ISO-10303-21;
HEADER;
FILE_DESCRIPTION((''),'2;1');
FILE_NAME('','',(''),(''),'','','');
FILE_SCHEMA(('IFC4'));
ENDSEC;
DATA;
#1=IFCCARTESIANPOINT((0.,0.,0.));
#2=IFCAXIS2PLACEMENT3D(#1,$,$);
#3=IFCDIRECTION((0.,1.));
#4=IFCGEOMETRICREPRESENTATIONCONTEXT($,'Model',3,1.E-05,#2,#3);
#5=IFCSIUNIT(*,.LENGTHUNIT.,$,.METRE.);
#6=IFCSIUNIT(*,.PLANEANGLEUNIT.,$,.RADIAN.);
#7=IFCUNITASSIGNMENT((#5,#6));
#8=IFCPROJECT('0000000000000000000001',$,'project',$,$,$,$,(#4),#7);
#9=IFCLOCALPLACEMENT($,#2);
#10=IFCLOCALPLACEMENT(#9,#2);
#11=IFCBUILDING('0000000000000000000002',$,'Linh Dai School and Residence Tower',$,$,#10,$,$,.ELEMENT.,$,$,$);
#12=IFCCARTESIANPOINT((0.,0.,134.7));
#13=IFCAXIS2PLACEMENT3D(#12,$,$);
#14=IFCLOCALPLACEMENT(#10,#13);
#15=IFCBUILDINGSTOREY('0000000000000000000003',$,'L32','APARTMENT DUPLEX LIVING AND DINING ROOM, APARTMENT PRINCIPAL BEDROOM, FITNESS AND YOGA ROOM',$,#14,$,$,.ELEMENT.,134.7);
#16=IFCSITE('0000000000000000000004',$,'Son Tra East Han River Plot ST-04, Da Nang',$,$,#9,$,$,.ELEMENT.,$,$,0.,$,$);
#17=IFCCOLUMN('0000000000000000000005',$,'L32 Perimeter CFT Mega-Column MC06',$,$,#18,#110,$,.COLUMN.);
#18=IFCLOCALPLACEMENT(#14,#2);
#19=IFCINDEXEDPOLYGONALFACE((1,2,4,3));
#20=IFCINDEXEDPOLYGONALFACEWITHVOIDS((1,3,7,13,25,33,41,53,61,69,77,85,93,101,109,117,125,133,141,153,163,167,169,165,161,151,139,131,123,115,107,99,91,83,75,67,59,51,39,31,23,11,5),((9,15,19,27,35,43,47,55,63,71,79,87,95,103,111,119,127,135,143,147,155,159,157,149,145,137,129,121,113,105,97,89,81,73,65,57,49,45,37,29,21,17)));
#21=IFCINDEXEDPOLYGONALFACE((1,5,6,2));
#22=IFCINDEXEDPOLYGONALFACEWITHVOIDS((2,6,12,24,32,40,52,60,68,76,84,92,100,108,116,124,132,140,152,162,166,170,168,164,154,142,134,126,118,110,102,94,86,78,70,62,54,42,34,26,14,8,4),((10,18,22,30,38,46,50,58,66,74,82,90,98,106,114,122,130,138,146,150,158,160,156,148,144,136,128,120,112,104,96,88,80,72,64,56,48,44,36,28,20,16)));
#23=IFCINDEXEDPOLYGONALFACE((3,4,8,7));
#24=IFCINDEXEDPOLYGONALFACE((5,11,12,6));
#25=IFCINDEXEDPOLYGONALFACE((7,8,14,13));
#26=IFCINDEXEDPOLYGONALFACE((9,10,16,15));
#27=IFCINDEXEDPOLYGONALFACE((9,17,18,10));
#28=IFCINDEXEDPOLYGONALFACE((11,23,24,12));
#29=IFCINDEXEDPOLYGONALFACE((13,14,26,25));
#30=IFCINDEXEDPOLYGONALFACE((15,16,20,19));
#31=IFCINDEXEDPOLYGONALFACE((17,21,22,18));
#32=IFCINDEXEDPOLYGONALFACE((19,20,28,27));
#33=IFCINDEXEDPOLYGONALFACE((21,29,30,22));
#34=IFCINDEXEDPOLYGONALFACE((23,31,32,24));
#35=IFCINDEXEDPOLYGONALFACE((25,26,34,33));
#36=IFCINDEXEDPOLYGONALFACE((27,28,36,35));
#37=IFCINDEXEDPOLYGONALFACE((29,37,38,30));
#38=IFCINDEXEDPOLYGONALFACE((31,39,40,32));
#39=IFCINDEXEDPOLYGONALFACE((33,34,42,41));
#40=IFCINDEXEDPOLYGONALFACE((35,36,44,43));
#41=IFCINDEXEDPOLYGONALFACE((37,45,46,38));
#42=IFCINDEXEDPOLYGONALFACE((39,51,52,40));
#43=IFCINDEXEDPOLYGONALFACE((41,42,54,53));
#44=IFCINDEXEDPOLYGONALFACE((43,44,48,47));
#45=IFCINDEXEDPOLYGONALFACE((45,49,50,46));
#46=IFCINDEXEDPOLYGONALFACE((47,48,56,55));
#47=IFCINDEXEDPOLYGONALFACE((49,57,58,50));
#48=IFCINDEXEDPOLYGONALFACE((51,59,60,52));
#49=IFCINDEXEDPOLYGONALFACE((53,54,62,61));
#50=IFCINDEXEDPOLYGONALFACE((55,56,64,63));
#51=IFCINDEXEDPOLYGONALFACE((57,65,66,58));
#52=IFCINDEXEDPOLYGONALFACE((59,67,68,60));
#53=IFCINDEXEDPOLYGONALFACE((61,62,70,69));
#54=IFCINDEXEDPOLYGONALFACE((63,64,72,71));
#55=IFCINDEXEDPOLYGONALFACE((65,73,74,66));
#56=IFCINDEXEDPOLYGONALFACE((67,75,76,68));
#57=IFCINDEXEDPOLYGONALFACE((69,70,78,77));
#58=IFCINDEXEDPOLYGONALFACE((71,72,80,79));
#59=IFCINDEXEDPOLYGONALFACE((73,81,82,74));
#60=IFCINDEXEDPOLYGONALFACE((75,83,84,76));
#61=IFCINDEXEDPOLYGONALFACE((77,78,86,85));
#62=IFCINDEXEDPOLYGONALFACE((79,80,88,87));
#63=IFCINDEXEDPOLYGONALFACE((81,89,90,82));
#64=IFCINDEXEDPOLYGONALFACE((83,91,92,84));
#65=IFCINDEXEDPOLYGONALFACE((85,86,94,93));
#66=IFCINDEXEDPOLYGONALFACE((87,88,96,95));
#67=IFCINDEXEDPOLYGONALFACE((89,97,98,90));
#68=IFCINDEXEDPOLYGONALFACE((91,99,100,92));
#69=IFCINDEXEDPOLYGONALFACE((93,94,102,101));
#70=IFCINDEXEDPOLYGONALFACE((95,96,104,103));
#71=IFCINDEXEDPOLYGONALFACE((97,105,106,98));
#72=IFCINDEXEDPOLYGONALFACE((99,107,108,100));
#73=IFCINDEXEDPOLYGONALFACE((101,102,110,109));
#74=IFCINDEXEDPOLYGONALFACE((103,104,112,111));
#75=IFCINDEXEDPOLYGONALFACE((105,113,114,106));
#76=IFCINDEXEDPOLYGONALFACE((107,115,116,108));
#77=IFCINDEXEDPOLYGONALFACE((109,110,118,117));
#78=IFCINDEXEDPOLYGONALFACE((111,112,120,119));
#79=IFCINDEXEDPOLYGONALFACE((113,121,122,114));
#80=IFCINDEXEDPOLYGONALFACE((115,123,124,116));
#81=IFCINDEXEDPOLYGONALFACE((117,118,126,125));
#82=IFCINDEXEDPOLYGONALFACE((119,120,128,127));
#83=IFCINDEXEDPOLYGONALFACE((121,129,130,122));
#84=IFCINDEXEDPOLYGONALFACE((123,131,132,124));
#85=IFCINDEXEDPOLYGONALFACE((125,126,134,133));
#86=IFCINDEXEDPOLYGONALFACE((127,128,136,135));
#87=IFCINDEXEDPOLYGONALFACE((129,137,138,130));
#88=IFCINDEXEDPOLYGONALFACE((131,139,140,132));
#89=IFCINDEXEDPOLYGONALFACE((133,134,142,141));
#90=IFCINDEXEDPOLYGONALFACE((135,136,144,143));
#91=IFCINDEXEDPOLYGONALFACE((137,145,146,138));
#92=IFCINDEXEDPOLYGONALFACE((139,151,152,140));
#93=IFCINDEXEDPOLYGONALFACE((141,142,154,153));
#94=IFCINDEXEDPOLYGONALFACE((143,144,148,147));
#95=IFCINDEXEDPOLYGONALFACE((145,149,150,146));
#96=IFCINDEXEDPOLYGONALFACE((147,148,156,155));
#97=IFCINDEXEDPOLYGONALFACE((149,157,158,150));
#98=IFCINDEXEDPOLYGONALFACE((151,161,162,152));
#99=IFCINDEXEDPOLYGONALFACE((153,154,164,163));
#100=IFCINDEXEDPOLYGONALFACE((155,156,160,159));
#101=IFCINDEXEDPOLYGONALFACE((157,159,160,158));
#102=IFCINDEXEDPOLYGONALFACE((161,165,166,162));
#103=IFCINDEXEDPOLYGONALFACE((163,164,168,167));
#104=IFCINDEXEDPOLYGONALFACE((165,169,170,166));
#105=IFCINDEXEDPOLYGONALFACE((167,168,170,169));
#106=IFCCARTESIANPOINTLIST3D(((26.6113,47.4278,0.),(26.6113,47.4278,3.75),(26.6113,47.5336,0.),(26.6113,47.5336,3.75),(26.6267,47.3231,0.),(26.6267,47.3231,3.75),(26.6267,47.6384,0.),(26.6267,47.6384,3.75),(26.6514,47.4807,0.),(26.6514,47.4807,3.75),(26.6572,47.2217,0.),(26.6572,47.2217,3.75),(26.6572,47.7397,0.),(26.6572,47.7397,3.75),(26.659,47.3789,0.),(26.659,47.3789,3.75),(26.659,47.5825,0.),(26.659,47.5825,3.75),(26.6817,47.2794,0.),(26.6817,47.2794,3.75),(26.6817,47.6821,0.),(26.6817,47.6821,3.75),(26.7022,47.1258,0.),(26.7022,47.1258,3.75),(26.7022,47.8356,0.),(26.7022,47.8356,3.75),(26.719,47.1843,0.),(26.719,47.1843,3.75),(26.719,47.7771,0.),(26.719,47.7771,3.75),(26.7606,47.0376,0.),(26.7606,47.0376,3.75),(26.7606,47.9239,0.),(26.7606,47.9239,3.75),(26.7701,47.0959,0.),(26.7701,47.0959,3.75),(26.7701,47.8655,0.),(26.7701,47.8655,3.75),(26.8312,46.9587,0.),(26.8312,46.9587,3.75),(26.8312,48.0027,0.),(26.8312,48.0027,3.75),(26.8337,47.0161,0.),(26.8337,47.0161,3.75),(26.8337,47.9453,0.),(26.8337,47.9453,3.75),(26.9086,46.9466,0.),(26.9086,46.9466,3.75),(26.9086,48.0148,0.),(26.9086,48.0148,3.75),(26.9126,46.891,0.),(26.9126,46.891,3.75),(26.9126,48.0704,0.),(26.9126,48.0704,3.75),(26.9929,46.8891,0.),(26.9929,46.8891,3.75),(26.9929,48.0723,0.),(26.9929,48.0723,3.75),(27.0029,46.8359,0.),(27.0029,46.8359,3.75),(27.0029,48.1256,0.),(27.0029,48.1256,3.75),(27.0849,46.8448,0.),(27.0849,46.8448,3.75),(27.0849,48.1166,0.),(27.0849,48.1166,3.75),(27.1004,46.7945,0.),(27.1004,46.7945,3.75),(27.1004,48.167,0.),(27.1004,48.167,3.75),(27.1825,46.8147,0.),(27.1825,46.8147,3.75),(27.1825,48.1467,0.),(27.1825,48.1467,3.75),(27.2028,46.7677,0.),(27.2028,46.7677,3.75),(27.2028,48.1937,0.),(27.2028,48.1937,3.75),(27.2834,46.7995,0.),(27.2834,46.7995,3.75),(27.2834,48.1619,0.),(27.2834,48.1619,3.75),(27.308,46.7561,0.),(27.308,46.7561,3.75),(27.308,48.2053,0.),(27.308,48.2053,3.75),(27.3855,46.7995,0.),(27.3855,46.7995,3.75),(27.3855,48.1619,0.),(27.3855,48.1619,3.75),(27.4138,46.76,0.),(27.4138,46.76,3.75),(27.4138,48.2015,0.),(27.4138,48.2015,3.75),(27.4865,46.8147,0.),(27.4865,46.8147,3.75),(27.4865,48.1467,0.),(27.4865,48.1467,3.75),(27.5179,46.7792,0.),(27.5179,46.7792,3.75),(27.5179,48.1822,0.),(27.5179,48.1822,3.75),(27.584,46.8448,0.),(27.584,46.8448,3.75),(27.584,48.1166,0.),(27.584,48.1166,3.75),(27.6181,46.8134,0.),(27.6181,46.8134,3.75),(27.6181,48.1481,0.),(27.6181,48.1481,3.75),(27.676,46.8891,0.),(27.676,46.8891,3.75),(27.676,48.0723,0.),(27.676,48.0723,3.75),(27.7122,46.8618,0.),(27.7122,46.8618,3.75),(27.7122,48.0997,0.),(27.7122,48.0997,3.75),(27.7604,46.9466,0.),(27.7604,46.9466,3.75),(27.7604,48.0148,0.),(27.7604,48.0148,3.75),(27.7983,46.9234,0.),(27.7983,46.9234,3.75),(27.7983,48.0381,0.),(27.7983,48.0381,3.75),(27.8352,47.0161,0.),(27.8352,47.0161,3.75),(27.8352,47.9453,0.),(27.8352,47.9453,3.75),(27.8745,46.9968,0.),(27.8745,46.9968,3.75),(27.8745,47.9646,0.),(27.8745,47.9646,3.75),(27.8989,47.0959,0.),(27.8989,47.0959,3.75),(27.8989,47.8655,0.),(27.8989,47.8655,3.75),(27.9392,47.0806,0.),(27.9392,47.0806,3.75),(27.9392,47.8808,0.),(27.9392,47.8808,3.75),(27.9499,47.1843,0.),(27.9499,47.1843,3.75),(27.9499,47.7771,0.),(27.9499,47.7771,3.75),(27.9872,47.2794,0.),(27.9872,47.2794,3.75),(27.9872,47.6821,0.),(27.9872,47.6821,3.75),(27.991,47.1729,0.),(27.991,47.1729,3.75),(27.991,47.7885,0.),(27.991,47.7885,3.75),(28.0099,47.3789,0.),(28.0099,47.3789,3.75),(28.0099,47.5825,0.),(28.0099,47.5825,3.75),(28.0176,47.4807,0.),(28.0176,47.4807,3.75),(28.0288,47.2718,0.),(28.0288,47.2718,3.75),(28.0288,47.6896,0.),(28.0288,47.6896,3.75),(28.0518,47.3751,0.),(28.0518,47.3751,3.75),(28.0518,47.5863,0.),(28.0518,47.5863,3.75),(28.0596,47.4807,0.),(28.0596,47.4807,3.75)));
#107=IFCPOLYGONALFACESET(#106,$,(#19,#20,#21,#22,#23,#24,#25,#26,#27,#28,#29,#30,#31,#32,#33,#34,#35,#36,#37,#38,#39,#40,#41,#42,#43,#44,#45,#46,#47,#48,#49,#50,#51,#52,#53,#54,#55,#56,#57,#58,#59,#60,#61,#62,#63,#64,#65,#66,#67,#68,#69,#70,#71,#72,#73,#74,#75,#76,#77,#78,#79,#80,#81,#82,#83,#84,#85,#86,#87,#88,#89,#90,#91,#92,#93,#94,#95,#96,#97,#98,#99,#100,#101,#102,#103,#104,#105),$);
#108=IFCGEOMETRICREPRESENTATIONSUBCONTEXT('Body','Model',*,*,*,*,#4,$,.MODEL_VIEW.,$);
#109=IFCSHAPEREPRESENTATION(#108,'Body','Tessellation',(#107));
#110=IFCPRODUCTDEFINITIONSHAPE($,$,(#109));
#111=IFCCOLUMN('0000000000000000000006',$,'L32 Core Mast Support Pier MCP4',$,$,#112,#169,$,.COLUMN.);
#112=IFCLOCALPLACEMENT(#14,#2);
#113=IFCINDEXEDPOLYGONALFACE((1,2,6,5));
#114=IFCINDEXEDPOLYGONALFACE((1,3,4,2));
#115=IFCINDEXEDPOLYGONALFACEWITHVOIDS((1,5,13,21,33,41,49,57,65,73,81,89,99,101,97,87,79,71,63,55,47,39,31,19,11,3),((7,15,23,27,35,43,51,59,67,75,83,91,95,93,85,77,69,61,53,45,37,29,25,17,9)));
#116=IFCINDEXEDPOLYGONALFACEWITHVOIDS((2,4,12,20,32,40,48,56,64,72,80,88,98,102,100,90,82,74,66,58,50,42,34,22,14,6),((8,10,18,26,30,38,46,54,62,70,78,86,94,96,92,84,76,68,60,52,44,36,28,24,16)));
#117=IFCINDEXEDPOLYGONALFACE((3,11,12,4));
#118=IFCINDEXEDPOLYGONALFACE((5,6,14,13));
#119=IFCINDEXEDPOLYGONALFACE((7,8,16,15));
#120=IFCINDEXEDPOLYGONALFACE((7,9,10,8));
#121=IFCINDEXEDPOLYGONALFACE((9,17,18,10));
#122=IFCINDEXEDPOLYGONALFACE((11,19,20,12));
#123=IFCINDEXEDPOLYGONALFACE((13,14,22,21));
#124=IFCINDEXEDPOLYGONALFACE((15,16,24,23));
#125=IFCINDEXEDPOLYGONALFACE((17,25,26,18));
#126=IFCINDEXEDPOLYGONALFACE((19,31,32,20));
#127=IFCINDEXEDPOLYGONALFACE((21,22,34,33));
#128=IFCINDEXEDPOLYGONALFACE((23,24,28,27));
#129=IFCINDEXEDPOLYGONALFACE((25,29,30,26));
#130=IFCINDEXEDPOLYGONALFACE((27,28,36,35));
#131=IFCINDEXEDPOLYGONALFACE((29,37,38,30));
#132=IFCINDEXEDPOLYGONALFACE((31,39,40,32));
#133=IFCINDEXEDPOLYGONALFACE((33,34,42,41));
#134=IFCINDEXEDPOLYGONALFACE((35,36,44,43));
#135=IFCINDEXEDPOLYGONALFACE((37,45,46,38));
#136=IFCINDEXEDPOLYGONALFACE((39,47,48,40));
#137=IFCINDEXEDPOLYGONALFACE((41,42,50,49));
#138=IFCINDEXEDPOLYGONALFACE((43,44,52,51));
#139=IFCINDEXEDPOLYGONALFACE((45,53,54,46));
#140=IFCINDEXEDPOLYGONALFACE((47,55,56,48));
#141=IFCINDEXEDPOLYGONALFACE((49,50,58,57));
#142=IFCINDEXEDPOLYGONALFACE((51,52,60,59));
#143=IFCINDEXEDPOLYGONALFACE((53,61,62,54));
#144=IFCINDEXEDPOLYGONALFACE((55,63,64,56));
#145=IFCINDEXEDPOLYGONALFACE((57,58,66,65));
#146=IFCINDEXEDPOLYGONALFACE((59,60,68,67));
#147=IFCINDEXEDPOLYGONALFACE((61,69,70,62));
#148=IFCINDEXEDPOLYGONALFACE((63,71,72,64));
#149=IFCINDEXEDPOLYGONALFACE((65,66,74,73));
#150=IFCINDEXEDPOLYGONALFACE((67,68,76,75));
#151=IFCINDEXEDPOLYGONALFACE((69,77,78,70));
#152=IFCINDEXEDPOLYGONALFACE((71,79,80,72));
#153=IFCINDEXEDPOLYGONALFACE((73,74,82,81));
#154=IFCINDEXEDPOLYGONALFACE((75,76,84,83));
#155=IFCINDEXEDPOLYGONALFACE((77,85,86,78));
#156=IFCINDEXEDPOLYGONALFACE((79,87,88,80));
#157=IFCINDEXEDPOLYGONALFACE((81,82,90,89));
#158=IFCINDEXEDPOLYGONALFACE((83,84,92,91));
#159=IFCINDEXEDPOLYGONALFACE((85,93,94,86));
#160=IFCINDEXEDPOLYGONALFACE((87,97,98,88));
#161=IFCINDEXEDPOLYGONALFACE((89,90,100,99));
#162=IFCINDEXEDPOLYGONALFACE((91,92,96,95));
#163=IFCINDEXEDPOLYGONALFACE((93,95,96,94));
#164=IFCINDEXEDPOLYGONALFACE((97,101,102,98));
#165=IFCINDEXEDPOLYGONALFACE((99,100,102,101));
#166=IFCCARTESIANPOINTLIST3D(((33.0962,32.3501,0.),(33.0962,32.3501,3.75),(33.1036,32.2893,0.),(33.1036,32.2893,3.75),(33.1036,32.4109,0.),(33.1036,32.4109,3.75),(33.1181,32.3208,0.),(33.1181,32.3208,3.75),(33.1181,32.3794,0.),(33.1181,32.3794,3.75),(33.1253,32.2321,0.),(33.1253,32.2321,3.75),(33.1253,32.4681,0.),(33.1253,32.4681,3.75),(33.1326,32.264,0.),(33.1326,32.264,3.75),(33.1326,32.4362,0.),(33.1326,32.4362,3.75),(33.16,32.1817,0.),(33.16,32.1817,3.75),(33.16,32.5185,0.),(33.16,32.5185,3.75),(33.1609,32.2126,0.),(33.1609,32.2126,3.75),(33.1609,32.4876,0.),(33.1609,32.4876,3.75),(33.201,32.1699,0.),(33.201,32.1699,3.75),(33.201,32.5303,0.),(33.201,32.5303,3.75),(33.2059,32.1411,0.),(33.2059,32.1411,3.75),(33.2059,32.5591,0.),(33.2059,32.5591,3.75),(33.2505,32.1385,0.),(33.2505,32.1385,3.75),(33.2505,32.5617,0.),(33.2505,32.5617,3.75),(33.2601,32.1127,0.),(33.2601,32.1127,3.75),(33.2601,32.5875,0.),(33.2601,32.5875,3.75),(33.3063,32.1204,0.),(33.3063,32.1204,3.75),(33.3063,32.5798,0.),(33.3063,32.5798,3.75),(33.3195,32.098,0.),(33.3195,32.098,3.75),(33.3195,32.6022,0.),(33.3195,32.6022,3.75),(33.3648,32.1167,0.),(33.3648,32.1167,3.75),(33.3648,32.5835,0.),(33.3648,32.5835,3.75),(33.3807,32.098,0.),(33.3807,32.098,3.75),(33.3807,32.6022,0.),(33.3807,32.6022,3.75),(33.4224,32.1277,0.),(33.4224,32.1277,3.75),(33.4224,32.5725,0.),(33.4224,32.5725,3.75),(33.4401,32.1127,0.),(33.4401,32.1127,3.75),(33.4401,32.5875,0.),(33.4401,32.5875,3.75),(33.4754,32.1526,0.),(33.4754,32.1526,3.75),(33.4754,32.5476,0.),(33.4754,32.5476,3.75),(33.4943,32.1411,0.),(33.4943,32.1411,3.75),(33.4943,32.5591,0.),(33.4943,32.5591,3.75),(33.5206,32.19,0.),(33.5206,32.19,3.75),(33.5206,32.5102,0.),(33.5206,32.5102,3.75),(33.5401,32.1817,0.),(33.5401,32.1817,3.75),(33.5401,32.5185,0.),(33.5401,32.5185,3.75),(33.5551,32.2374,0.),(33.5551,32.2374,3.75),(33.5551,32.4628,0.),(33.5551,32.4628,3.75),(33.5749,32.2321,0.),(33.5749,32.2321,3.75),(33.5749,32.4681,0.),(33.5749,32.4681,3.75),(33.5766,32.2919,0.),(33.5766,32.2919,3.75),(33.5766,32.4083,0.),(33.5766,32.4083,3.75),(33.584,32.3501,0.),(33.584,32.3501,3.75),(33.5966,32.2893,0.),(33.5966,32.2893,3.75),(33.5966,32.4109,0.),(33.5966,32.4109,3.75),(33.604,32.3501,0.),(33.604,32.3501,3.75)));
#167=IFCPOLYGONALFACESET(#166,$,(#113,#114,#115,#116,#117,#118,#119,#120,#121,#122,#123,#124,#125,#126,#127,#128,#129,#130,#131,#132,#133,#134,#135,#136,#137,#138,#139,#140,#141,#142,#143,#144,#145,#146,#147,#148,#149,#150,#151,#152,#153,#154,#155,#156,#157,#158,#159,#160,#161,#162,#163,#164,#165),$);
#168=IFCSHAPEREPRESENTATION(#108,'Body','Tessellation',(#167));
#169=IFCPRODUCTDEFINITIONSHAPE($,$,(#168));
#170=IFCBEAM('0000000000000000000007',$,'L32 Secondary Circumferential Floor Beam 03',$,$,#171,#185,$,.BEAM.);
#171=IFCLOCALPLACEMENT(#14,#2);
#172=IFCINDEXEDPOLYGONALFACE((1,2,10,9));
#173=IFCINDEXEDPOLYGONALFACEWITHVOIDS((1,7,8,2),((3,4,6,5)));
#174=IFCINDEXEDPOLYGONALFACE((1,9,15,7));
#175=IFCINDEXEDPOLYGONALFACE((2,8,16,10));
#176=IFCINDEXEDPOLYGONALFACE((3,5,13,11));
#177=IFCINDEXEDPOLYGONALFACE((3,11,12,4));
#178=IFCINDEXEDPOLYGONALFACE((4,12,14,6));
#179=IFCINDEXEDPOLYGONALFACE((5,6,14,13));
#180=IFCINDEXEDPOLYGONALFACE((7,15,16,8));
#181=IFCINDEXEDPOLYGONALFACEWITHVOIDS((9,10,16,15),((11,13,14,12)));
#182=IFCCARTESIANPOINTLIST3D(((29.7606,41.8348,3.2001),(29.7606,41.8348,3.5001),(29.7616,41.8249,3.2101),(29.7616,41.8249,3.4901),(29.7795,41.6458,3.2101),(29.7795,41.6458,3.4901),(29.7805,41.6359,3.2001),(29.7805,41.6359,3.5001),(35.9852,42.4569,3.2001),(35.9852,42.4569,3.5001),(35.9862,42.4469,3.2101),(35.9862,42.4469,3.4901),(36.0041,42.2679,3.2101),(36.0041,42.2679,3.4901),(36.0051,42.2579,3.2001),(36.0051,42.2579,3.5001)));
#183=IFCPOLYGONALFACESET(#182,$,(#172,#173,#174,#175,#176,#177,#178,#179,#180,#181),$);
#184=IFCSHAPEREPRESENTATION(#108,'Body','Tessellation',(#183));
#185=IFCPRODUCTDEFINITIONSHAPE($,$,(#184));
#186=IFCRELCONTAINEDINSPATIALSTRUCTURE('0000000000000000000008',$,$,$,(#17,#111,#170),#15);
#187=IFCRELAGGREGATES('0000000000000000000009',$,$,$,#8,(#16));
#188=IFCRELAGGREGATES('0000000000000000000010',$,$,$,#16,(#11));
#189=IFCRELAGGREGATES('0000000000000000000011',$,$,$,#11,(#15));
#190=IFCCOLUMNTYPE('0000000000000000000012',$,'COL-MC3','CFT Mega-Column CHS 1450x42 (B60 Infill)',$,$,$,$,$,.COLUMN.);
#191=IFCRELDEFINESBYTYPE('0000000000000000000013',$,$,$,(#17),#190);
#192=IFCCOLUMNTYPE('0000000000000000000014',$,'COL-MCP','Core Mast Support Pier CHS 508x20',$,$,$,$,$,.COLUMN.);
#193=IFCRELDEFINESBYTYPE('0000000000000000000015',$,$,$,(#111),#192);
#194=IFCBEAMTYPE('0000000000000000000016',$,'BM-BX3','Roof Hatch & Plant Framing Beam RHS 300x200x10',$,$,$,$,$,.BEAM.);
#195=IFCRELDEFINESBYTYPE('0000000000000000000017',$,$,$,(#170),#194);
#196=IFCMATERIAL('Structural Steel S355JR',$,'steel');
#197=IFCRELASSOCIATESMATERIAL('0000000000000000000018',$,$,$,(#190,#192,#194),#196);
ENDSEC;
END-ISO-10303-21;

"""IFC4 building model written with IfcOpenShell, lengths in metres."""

from ifc_helpers import new_model, si_unit, direction, frame, origin, origin_2d, place, context, subcontext, project, spatial, hollow_rectangle, hollow_circle, extrude, material, material_profile, profile_set, type_object, element, save


model = new_model("IFC4")

# Units and contexts
model_context = context("Model", 3, precision=1e-05, world=origin(), true_north=direction((0.0, 1.0)))
body_context = subcontext(model_context, "Body", "Model", "MODEL_VIEW")
ifc_project = project(units=[si_unit("LENGTHUNIT", "METRE"), si_unit("PLANEANGLEUNIT", "RADIAN")], contexts=[model_context])

# Site, building, storey
site_placement = place(None, origin())
site = spatial("IfcSite", under=ifc_project, at=site_placement, Name="Son Tra East Han River Plot ST-04, Da Nang", CompositionType="ELEMENT", RefElevation=0.0)
building_placement = place(site_placement, origin())
building = spatial("IfcBuilding", under=site, at=building_placement, Name="Linh Dai School and Residence Tower", CompositionType="ELEMENT")
storey_placement = place(building_placement, frame((0.0, 0.0, 134.7)))
storey = spatial("IfcBuildingStorey", under=building, at=storey_placement, Name="L32", Description="APARTMENT DUPLEX LIVING AND DINING ROOM, APARTMENT PRINCIPAL BEDROOM, FITNESS AND YOGA ROOM", CompositionType="ELEMENT", Elevation=134.7)

# Columns
ifc_material_1 = material(Name="Structural Steel S355JR", Category="steel")
ifc_material_profile_1 = material_profile(ifc_material_1, hollow_circle(Radius=0.7251, WallThickness=0.042, at=origin_2d()), Name="CHS 1450x42")
ifc_profile_set_1 = profile_set([ifc_material_profile_1], Name="Structural Steel S355JR")
column_type_1 = type_object("IfcColumnType", Name="COL-MC3", Description="CFT Mega-Column CHS 1450x42 (B60 Infill)", PredefinedType="COLUMN", material=ifc_profile_set_1)
for number, where, z_axis, x_axis, name in (
    (1, (27.3345, 47.4807, 0.0), (0.0, 0.0, 1.0), (1.0, 0.0, 0.0), "L32 Perimeter CFT Mega-Column MC06"),
):
    element("IfcColumn", number, at=place(storey_placement, frame(where, z_axis=z_axis, x_axis=x_axis)), inside=storey, type_object=column_type_1, Name=name, PredefinedType="COLUMN", context=body_context, shape_type="SweptSolid", body=[
        extrude(hollow_circle(Radius=0.7251, WallThickness=0.042, at=origin_2d()), origin(), (0.0, 0.0, 1.0), 3.75),
    ])
ifc_material_profile_2 = material_profile(ifc_material_1, hollow_circle(Radius=0.2539, WallThickness=0.02, at=origin_2d()), Name="CHS 508x20")
ifc_profile_set_2 = profile_set([ifc_material_profile_2], Name="Structural Steel S355JR")
column_type_2 = type_object("IfcColumnType", Name="COL-MCP", Description="Core Mast Support Pier CHS 508x20", PredefinedType="COLUMN", material=ifc_profile_set_2)
column_1_placement = place(storey_placement, frame((33.3501, 32.3501, 0.0), z_axis=(0.0, 0.0, 1.0), x_axis=(1.0, 0.0, 0.0)))
element("IfcColumn", 2, at=column_1_placement, inside=storey, type_object=column_type_2, Name="L32 Core Mast Support Pier MCP4", PredefinedType="COLUMN", context=body_context, shape_type="SweptSolid", body=[
    extrude(hollow_circle(Radius=0.2539, WallThickness=0.02, at=origin_2d()), origin(), (0.0, 0.0, 1.0), 3.75),
])

# Beam
ifc_material_profile_3 = material_profile(ifc_material_1, hollow_rectangle(XDim=0.2, YDim=0.3, WallThickness=0.01, at=origin_2d()), Name="RHS 300x200x10")
ifc_profile_set_3 = profile_set([ifc_material_profile_3], Name="Structural Steel S355JR")
beam_type_1 = type_object("IfcBeamType", Name="BM-BX3", Description="Roof Hatch & Plant Framing Beam RHS 300x200x10", PredefinedType="BEAM", material=ifc_profile_set_3)
beam_1_placement = place(storey_placement, frame((35.9951, 42.3574, 3.3501), z_axis=(-0.995043, -0.099442, 0.0), x_axis=(0.099442, -0.995043, 0.0)))
element("IfcBeam", 3, at=beam_1_placement, inside=storey, type_object=beam_type_1, Name="L32 Secondary Circumferential Floor Beam 03", PredefinedType="BEAM", context=body_context, shape_type="SweptSolid", body=[
    extrude(hollow_rectangle(XDim=0.2, YDim=0.3, WallThickness=0.01, at=origin_2d()), origin(), (0.0, 0.0, 1.0), 6.2556),
])

save(model, "model.ifc")
